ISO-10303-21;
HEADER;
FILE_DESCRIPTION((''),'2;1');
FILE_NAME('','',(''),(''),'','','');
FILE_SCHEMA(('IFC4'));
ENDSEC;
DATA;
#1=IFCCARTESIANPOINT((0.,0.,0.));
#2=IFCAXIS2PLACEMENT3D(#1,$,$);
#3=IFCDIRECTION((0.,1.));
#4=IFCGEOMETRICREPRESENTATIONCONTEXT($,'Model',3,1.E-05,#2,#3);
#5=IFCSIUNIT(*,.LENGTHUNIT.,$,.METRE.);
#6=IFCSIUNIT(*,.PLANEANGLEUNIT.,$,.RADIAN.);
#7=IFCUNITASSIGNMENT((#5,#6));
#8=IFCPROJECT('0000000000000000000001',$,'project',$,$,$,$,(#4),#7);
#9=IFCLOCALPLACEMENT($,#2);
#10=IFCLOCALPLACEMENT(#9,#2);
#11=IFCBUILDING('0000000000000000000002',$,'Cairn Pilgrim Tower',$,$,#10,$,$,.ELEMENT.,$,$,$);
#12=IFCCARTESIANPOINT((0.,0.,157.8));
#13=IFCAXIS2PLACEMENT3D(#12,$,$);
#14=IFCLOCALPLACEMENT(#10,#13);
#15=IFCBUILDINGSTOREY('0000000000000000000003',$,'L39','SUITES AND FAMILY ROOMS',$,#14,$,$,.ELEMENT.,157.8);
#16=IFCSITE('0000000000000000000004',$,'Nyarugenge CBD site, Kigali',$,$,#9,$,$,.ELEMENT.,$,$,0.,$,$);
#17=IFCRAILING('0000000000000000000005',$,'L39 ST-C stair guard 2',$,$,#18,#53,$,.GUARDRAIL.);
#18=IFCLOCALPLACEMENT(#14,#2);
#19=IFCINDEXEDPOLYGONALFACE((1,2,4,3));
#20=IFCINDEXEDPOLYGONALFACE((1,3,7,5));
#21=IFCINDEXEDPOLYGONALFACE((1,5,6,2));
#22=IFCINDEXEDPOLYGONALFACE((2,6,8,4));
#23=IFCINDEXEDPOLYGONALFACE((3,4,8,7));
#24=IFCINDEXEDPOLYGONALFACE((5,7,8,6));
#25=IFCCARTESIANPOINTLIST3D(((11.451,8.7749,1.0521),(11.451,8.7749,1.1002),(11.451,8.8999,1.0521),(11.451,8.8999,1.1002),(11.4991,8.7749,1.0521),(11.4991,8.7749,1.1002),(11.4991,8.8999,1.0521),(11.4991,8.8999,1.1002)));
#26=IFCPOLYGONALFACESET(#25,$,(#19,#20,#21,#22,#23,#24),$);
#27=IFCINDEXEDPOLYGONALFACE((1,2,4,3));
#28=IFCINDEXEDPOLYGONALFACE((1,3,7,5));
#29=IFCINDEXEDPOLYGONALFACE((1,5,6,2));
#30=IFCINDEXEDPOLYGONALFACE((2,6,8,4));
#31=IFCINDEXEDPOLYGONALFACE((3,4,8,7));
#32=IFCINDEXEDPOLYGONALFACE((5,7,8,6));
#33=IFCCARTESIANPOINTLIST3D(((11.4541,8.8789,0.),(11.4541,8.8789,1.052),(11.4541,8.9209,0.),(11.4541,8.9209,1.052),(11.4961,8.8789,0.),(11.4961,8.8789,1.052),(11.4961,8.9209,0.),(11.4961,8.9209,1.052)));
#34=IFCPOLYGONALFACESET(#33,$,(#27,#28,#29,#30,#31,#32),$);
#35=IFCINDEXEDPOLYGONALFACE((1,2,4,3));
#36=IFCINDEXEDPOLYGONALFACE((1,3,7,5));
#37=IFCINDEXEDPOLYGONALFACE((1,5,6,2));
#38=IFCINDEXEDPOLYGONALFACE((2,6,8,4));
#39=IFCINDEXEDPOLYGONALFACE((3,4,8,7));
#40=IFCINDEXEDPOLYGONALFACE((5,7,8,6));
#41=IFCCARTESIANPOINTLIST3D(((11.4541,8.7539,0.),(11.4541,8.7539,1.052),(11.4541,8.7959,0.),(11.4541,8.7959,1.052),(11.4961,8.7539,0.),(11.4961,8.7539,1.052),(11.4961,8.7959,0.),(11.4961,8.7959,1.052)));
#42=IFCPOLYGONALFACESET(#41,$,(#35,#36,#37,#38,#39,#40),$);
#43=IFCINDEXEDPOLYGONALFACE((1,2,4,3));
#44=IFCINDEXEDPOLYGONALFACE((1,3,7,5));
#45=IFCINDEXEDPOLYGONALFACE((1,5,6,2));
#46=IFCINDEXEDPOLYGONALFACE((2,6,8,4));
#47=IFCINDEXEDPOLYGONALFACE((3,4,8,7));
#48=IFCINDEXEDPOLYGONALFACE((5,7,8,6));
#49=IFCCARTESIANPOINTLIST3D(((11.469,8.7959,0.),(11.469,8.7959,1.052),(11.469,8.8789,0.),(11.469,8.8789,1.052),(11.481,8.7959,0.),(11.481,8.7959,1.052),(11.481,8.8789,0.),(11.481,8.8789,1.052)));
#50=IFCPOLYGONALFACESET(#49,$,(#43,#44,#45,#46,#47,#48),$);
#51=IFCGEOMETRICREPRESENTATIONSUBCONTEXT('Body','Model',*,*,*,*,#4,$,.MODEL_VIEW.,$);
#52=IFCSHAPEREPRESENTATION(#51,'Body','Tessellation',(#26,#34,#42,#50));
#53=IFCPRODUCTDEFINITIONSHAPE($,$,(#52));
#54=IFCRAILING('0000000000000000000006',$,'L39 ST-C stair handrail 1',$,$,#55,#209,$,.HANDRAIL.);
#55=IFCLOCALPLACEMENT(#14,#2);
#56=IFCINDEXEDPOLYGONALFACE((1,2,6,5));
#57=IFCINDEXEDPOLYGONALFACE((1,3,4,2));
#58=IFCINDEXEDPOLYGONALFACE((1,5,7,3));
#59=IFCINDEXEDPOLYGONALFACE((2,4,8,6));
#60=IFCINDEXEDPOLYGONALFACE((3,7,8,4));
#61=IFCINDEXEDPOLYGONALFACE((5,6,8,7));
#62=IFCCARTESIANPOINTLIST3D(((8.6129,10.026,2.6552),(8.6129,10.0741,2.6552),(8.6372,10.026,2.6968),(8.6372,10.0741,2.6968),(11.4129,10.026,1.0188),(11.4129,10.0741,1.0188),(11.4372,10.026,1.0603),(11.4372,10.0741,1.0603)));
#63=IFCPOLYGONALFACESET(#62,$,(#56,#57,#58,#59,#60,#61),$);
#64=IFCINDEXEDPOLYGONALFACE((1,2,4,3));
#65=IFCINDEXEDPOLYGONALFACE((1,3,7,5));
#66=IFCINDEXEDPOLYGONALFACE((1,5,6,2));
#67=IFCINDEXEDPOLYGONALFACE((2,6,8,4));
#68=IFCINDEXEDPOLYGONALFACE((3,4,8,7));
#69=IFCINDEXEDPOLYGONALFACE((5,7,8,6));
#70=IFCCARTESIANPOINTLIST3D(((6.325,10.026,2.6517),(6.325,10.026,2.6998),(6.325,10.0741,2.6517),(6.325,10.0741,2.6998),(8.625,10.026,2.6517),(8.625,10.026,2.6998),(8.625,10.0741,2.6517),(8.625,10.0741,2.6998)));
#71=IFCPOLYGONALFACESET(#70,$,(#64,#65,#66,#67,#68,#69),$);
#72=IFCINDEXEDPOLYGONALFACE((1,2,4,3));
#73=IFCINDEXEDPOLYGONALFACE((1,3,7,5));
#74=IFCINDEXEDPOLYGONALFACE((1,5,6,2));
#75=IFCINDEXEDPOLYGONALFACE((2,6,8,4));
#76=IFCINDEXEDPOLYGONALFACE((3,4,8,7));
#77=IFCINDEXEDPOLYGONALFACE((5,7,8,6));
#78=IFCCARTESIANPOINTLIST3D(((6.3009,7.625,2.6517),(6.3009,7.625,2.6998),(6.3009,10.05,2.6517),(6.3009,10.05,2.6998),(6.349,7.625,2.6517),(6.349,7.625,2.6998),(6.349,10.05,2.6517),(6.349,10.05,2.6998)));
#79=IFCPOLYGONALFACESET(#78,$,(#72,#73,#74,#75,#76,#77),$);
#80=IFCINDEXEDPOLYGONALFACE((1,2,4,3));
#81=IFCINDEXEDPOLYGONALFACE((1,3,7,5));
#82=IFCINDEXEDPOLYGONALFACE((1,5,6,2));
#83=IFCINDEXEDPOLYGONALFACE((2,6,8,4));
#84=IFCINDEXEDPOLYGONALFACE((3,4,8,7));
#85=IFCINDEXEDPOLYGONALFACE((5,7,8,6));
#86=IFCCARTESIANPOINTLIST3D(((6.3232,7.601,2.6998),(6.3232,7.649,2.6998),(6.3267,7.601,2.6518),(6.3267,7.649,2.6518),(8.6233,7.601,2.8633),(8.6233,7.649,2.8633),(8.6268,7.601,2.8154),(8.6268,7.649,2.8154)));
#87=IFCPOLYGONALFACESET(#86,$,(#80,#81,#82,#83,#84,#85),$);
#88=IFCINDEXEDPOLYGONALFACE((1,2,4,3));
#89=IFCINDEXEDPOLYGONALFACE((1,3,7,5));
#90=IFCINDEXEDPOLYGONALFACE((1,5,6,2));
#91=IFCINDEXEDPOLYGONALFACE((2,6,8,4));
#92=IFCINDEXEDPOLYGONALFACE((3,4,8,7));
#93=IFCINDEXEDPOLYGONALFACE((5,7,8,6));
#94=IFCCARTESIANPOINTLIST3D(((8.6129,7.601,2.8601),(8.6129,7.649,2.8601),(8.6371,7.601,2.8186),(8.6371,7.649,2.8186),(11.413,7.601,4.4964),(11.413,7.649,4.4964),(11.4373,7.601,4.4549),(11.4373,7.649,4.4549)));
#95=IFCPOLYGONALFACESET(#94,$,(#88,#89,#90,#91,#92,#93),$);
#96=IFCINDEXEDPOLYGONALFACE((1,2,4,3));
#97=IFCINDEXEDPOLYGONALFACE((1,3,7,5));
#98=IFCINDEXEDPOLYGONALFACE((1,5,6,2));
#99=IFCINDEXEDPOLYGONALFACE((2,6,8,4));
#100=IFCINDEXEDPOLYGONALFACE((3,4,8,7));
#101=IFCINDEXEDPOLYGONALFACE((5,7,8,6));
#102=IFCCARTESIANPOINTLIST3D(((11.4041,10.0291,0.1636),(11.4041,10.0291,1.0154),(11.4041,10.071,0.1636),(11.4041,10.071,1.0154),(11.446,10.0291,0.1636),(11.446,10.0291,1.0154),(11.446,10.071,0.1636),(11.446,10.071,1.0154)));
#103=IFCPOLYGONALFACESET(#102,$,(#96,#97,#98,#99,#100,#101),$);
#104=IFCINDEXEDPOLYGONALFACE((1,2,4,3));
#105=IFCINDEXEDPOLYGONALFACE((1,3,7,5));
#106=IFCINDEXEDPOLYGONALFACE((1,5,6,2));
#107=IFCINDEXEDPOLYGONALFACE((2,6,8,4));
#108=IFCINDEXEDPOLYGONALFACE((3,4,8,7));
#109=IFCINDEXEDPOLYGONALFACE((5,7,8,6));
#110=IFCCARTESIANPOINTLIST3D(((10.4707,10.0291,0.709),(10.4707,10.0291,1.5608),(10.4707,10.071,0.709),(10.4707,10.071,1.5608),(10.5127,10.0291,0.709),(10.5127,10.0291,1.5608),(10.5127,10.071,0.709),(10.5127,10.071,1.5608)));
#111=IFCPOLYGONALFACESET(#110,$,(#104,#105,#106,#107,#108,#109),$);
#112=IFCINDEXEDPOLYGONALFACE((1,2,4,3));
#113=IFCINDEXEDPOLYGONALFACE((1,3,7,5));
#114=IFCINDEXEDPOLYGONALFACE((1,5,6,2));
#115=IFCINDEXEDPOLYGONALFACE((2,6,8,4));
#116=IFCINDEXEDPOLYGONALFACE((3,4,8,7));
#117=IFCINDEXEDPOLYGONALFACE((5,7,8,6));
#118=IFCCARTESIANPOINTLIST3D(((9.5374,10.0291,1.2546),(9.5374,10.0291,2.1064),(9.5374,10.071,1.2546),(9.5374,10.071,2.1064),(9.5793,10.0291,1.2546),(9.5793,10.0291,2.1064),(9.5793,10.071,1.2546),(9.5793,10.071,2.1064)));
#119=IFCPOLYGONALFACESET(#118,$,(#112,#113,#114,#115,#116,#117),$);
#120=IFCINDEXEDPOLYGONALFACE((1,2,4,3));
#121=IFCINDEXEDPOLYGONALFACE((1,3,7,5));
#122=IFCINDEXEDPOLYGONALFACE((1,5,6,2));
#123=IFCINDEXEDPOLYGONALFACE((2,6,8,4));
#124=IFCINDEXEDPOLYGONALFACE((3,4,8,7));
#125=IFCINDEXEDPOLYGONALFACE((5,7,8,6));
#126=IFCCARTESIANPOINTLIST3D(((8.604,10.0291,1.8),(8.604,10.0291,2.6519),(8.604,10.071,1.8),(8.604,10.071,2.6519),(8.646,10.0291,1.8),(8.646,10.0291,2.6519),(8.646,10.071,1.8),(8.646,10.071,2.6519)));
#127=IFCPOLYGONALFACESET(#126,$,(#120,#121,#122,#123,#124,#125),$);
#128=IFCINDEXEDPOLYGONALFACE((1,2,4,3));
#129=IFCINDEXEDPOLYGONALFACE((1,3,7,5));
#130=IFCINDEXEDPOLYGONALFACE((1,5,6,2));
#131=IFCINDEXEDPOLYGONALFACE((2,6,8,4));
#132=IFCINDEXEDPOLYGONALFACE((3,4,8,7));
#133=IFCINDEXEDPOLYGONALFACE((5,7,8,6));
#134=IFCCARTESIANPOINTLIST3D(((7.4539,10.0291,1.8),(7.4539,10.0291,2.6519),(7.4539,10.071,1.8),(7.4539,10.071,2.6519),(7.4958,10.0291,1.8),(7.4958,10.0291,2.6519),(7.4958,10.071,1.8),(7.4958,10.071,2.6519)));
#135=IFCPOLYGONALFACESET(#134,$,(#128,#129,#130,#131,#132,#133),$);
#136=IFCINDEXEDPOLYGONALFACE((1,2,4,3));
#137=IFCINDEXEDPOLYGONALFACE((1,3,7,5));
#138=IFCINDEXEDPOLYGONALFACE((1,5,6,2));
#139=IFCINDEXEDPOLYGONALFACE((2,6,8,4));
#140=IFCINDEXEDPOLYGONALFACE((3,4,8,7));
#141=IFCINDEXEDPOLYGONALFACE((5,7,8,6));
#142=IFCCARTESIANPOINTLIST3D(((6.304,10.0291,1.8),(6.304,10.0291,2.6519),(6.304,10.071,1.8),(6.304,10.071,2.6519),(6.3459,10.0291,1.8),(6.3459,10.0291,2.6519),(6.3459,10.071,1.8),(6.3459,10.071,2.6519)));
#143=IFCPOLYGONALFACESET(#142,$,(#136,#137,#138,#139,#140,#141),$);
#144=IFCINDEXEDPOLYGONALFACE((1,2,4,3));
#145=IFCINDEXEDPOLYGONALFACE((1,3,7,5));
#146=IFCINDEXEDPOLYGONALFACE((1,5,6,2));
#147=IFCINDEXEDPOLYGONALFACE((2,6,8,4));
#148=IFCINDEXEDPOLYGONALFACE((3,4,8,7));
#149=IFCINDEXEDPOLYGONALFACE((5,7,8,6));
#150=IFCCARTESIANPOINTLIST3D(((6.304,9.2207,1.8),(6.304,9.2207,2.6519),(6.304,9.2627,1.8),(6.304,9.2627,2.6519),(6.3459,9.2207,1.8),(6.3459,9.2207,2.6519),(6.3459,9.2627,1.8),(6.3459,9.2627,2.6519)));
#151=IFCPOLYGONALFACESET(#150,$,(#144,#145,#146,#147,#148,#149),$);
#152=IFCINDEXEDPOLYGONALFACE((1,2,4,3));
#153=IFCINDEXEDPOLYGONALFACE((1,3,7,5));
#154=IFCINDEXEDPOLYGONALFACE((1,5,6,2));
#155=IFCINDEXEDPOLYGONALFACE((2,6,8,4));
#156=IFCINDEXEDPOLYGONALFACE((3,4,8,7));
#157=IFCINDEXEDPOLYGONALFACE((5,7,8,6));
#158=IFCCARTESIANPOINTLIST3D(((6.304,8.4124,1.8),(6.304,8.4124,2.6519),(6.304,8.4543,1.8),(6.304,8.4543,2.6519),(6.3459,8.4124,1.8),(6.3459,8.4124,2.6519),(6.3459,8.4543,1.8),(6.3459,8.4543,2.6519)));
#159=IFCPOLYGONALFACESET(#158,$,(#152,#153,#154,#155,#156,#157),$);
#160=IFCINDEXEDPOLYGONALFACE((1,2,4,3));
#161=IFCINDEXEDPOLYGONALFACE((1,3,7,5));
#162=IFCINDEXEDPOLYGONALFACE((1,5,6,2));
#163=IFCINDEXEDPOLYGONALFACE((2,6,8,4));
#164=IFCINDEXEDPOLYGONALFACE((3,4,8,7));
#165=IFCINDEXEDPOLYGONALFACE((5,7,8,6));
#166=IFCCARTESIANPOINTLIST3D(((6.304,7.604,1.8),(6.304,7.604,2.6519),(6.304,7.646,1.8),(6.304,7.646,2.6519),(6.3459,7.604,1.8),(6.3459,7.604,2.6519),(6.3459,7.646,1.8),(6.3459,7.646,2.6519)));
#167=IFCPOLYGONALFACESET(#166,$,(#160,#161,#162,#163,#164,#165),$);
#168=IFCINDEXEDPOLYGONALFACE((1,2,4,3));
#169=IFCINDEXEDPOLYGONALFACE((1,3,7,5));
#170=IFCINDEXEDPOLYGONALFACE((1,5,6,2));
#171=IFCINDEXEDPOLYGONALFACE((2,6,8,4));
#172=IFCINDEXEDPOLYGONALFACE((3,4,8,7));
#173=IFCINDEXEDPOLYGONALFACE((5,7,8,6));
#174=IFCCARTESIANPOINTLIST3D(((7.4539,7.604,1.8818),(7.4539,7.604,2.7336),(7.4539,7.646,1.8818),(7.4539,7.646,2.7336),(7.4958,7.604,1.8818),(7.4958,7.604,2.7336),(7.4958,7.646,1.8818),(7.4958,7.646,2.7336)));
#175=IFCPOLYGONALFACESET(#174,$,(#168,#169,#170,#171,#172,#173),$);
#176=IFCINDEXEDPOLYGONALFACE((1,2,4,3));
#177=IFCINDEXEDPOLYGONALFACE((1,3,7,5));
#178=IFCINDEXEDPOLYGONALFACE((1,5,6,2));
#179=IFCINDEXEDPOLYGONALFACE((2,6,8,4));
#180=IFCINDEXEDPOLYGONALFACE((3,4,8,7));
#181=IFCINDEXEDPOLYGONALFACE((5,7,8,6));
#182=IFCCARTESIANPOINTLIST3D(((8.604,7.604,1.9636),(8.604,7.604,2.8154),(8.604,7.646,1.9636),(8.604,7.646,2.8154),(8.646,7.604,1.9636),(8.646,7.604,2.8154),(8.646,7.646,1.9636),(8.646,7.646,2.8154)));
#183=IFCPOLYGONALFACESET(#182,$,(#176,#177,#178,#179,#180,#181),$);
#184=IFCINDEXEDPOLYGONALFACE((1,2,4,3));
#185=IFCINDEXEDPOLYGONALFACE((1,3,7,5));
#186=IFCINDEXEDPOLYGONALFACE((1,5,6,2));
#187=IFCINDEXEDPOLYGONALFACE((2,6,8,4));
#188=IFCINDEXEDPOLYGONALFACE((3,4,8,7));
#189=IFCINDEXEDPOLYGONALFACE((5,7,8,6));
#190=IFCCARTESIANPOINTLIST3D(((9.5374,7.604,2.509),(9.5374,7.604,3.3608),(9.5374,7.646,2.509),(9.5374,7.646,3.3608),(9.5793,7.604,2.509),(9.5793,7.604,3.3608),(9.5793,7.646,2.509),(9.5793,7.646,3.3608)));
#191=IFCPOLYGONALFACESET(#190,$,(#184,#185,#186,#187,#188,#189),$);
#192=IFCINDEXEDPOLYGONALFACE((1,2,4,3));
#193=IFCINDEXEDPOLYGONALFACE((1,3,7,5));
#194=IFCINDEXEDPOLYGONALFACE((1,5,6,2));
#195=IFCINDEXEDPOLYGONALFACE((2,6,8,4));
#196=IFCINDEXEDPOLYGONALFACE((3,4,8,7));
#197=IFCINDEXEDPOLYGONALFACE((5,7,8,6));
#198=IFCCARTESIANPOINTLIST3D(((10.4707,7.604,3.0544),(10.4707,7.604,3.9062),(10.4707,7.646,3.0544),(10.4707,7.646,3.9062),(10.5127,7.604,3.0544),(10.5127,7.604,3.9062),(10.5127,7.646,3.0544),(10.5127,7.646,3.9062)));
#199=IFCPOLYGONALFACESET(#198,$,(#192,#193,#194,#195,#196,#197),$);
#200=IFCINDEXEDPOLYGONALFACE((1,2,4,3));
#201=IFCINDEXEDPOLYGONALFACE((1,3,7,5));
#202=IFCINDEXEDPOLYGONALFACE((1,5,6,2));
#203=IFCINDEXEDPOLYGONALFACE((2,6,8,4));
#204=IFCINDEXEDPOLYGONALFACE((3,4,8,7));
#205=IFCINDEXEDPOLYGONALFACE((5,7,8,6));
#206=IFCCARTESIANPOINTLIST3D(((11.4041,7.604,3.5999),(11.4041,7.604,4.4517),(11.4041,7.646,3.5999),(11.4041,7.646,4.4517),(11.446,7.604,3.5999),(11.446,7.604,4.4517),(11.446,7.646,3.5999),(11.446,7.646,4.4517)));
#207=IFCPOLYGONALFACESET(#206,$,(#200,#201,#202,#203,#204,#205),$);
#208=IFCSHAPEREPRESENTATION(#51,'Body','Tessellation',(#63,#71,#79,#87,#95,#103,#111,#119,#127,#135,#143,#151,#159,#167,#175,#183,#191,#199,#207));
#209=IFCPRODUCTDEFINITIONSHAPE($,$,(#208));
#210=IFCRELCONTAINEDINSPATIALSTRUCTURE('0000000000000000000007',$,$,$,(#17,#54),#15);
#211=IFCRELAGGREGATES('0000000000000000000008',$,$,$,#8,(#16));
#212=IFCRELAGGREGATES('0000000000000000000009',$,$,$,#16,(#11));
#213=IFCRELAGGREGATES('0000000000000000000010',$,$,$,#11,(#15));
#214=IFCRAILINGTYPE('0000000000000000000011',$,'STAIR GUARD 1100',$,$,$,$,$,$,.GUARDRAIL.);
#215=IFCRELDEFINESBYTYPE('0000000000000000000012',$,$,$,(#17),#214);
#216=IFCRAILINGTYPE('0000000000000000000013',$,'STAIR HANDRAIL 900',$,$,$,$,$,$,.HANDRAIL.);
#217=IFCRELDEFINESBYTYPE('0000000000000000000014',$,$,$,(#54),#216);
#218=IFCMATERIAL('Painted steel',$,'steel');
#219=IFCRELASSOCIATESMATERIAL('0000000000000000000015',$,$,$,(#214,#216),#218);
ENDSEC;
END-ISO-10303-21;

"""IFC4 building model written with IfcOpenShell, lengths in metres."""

from ifc_helpers import new_model, si_unit, direction, frame, origin, origin_2d, place, context, subcontext, project, spatial, polyline, rectangle, outline, extrude, material, type_object, element, save


model = new_model("IFC4")

# Units and contexts
model_context = context("Model", 3, precision=1e-05, world=origin(), true_north=direction((0.0, 1.0)))
body_context = subcontext(model_context, "Body", "Model", "MODEL_VIEW")
ifc_project = project(units=[si_unit("LENGTHUNIT", "METRE"), si_unit("PLANEANGLEUNIT", "RADIAN")], contexts=[model_context])

# Site, building, storey
site_placement = place(None, origin())
site = spatial("IfcSite", under=ifc_project, at=site_placement, Name="Nyarugenge CBD site, Kigali", CompositionType="ELEMENT", RefElevation=0.0)
building_placement = place(site_placement, origin())
building = spatial("IfcBuilding", under=site, at=building_placement, Name="Cairn Pilgrim Tower", CompositionType="ELEMENT")
storey_placement = place(building_placement, frame((0.0, 0.0, 157.8)))
storey = spatial("IfcBuildingStorey", under=building, at=storey_placement, Name="L39", Description="SUITES AND FAMILY ROOMS", CompositionType="ELEMENT", Elevation=157.8)

# Shared definitions
ifc_material_1 = material(Name="Painted steel", Category="steel")

# Railings
railing_type_1 = type_object("IfcRailingType", Name="STAIR GUARD 1100", PredefinedType="GUARDRAIL", material=ifc_material_1)
railing_1_placement = place(storey_placement, frame((11.4751, 8.8999, 0.0)))
element("IfcRailing", 1, at=railing_1_placement, inside=storey, type_object=railing_type_1, Name="L39 ST-C stair guard 2", PredefinedType="GUARDRAIL", context=body_context, shape_type="SweptSolid", body=[
    extrude(rectangle(XDim=0.0481, YDim=0.0481, at=origin_2d()), frame((0.0, 0.0, 1.0762), z_axis=(0.0, -1.0, 0.0), x_axis=(1.0, 0.0, 0.0)), (0.0, 0.0, 1.0), 0.125),
    extrude(rectangle(XDim=0.042, YDim=0.042, at=origin_2d()), origin(), (0.0, 0.0, 1.0), 1.052),
    extrude(rectangle(XDim=0.042, YDim=0.042, at=origin_2d()), frame((0.0, -0.125, 0.0)), (0.0, 0.0, 1.0), 1.052),
    extrude(outline(polyline([(0.021, 0.0), (0.104, 0.0), (0.104, 1.052), (0.021, 1.052), (0.021, 0.0)])), frame((0.0059, 0.0, 0.0), z_axis=(-1.0, 0.0, 0.0), x_axis=(0.0, -1.0, 0.0)), (0.0, 0.0, 1.0), 0.012),
])
railing_type_2 = type_object("IfcRailingType", Name="STAIR HANDRAIL 900", PredefinedType="HANDRAIL", material=ifc_material_1)
railing_2_placement = place(storey_placement, frame((11.425, 10.05, 0.1636)))
element("IfcRailing", 2, at=railing_2_placement, inside=storey, type_object=railing_type_2, Name="L39 ST-C stair handrail 1", PredefinedType="HANDRAIL", context=body_context, shape_type="SweptSolid", body=[
    extrude(rectangle(XDim=0.0481, YDim=0.0481, at=origin_2d()), frame((0.0, 0.0, 0.876), z_axis=(-0.863361, 0.0, 0.504587), x_axis=(0.0, -1.0, 0.0)), (0.0, 0.0, 1.0), 3.2432),
    extrude(rectangle(XDim=0.0481, YDim=0.0481, at=origin_2d()), frame((-2.8, 0.0, 2.5122), z_axis=(-1.0, 0.0, 0.0), x_axis=(0.0, -1.0, 0.0)), (0.0, 0.0, 1.0), 2.3),
    extrude(rectangle(XDim=0.0481, YDim=0.0481, at=origin_2d()), frame((-5.1001, 0.0, 2.5122), z_axis=(0.0, -1.0, 0.0), x_axis=(1.0, 0.0, 0.0)), (0.0, 0.0, 1.0), 2.425),
    extrude(rectangle(XDim=0.0481, YDim=0.0481, at=origin_2d()), frame((-5.1001, -2.425, 2.5122), z_axis=(0.997481, 0.0, 0.070939), x_axis=(0.0, 1.0, 0.0)), (0.0, 0.0, 1.0), 2.3059),
    extrude(rectangle(XDim=0.0481, YDim=0.0481, at=origin_2d()), frame((-2.8, -2.425, 2.6758), z_axis=(0.863394, 0.0, 0.504531), x_axis=(0.0, 1.0, 0.0)), (0.0, 0.0, 1.0), 3.2432),
    extrude(rectangle(XDim=0.042, YDim=0.042, at=origin_2d()), origin(), (0.0, 0.0, 1.0), 0.8518),
    extrude(rectangle(XDim=0.042, YDim=0.042, at=origin_2d()), frame((-0.9333, 0.0, 0.5454)), (0.0, 0.0, 1.0), 0.8518),
    extrude(rectangle(XDim=0.042, YDim=0.042, at=origin_2d()), frame((-1.8667, 0.0, 1.0911)), (0.0, 0.0, 1.0), 0.8518),
    extrude(rectangle(XDim=0.042, YDim=0.042, at=origin_2d()), frame((-2.8, 0.0, 1.6365)), (0.0, 0.0, 1.0), 0.8518),
    extrude(rectangle(XDim=0.042, YDim=0.042, at=origin_2d()), frame((-3.9502, 0.0, 1.6365)), (0.0, 0.0, 1.0), 0.8518),
    extrude(rectangle(XDim=0.042, YDim=0.042, at=origin_2d()), frame((-5.1001, 0.0, 1.6365)), (0.0, 0.0, 1.0), 0.8518),
    extrude(rectangle(XDim=0.042, YDim=0.042, at=origin_2d()), frame((-5.1001, -0.8083, 1.6365)), (0.0, 0.0, 1.0), 0.8518),
    extrude(rectangle(XDim=0.042, YDim=0.042, at=origin_2d()), frame((-5.1001, -1.6167, 1.6365)), (0.0, 0.0, 1.0), 0.8518),
    extrude(rectangle(XDim=0.042, YDim=0.042, at=origin_2d()), frame((-5.1001, -2.425, 1.6365)), (0.0, 0.0, 1.0), 0.8518),
    extrude(rectangle(XDim=0.042, YDim=0.042, at=origin_2d()), frame((-3.9502, -2.425, 1.7183)), (0.0, 0.0, 1.0), 0.8518),
    extrude(rectangle(XDim=0.042, YDim=0.042, at=origin_2d()), frame((-2.8, -2.425, 1.8)), (0.0, 0.0, 1.0), 0.8518),
    extrude(rectangle(XDim=0.042, YDim=0.042, at=origin_2d()), frame((-1.8667, -2.425, 2.3455)), (0.0, 0.0, 1.0), 0.8518),
    extrude(rectangle(XDim=0.042, YDim=0.042, at=origin_2d()), frame((-0.9333, -2.425, 2.8909)), (0.0, 0.0, 1.0), 0.8518),
    extrude(rectangle(XDim=0.042, YDim=0.042, at=origin_2d()), frame((0.0, -2.425, 3.4363)), (0.0, 0.0, 1.0), 0.8518),
])

save(model, "model.ifc")
